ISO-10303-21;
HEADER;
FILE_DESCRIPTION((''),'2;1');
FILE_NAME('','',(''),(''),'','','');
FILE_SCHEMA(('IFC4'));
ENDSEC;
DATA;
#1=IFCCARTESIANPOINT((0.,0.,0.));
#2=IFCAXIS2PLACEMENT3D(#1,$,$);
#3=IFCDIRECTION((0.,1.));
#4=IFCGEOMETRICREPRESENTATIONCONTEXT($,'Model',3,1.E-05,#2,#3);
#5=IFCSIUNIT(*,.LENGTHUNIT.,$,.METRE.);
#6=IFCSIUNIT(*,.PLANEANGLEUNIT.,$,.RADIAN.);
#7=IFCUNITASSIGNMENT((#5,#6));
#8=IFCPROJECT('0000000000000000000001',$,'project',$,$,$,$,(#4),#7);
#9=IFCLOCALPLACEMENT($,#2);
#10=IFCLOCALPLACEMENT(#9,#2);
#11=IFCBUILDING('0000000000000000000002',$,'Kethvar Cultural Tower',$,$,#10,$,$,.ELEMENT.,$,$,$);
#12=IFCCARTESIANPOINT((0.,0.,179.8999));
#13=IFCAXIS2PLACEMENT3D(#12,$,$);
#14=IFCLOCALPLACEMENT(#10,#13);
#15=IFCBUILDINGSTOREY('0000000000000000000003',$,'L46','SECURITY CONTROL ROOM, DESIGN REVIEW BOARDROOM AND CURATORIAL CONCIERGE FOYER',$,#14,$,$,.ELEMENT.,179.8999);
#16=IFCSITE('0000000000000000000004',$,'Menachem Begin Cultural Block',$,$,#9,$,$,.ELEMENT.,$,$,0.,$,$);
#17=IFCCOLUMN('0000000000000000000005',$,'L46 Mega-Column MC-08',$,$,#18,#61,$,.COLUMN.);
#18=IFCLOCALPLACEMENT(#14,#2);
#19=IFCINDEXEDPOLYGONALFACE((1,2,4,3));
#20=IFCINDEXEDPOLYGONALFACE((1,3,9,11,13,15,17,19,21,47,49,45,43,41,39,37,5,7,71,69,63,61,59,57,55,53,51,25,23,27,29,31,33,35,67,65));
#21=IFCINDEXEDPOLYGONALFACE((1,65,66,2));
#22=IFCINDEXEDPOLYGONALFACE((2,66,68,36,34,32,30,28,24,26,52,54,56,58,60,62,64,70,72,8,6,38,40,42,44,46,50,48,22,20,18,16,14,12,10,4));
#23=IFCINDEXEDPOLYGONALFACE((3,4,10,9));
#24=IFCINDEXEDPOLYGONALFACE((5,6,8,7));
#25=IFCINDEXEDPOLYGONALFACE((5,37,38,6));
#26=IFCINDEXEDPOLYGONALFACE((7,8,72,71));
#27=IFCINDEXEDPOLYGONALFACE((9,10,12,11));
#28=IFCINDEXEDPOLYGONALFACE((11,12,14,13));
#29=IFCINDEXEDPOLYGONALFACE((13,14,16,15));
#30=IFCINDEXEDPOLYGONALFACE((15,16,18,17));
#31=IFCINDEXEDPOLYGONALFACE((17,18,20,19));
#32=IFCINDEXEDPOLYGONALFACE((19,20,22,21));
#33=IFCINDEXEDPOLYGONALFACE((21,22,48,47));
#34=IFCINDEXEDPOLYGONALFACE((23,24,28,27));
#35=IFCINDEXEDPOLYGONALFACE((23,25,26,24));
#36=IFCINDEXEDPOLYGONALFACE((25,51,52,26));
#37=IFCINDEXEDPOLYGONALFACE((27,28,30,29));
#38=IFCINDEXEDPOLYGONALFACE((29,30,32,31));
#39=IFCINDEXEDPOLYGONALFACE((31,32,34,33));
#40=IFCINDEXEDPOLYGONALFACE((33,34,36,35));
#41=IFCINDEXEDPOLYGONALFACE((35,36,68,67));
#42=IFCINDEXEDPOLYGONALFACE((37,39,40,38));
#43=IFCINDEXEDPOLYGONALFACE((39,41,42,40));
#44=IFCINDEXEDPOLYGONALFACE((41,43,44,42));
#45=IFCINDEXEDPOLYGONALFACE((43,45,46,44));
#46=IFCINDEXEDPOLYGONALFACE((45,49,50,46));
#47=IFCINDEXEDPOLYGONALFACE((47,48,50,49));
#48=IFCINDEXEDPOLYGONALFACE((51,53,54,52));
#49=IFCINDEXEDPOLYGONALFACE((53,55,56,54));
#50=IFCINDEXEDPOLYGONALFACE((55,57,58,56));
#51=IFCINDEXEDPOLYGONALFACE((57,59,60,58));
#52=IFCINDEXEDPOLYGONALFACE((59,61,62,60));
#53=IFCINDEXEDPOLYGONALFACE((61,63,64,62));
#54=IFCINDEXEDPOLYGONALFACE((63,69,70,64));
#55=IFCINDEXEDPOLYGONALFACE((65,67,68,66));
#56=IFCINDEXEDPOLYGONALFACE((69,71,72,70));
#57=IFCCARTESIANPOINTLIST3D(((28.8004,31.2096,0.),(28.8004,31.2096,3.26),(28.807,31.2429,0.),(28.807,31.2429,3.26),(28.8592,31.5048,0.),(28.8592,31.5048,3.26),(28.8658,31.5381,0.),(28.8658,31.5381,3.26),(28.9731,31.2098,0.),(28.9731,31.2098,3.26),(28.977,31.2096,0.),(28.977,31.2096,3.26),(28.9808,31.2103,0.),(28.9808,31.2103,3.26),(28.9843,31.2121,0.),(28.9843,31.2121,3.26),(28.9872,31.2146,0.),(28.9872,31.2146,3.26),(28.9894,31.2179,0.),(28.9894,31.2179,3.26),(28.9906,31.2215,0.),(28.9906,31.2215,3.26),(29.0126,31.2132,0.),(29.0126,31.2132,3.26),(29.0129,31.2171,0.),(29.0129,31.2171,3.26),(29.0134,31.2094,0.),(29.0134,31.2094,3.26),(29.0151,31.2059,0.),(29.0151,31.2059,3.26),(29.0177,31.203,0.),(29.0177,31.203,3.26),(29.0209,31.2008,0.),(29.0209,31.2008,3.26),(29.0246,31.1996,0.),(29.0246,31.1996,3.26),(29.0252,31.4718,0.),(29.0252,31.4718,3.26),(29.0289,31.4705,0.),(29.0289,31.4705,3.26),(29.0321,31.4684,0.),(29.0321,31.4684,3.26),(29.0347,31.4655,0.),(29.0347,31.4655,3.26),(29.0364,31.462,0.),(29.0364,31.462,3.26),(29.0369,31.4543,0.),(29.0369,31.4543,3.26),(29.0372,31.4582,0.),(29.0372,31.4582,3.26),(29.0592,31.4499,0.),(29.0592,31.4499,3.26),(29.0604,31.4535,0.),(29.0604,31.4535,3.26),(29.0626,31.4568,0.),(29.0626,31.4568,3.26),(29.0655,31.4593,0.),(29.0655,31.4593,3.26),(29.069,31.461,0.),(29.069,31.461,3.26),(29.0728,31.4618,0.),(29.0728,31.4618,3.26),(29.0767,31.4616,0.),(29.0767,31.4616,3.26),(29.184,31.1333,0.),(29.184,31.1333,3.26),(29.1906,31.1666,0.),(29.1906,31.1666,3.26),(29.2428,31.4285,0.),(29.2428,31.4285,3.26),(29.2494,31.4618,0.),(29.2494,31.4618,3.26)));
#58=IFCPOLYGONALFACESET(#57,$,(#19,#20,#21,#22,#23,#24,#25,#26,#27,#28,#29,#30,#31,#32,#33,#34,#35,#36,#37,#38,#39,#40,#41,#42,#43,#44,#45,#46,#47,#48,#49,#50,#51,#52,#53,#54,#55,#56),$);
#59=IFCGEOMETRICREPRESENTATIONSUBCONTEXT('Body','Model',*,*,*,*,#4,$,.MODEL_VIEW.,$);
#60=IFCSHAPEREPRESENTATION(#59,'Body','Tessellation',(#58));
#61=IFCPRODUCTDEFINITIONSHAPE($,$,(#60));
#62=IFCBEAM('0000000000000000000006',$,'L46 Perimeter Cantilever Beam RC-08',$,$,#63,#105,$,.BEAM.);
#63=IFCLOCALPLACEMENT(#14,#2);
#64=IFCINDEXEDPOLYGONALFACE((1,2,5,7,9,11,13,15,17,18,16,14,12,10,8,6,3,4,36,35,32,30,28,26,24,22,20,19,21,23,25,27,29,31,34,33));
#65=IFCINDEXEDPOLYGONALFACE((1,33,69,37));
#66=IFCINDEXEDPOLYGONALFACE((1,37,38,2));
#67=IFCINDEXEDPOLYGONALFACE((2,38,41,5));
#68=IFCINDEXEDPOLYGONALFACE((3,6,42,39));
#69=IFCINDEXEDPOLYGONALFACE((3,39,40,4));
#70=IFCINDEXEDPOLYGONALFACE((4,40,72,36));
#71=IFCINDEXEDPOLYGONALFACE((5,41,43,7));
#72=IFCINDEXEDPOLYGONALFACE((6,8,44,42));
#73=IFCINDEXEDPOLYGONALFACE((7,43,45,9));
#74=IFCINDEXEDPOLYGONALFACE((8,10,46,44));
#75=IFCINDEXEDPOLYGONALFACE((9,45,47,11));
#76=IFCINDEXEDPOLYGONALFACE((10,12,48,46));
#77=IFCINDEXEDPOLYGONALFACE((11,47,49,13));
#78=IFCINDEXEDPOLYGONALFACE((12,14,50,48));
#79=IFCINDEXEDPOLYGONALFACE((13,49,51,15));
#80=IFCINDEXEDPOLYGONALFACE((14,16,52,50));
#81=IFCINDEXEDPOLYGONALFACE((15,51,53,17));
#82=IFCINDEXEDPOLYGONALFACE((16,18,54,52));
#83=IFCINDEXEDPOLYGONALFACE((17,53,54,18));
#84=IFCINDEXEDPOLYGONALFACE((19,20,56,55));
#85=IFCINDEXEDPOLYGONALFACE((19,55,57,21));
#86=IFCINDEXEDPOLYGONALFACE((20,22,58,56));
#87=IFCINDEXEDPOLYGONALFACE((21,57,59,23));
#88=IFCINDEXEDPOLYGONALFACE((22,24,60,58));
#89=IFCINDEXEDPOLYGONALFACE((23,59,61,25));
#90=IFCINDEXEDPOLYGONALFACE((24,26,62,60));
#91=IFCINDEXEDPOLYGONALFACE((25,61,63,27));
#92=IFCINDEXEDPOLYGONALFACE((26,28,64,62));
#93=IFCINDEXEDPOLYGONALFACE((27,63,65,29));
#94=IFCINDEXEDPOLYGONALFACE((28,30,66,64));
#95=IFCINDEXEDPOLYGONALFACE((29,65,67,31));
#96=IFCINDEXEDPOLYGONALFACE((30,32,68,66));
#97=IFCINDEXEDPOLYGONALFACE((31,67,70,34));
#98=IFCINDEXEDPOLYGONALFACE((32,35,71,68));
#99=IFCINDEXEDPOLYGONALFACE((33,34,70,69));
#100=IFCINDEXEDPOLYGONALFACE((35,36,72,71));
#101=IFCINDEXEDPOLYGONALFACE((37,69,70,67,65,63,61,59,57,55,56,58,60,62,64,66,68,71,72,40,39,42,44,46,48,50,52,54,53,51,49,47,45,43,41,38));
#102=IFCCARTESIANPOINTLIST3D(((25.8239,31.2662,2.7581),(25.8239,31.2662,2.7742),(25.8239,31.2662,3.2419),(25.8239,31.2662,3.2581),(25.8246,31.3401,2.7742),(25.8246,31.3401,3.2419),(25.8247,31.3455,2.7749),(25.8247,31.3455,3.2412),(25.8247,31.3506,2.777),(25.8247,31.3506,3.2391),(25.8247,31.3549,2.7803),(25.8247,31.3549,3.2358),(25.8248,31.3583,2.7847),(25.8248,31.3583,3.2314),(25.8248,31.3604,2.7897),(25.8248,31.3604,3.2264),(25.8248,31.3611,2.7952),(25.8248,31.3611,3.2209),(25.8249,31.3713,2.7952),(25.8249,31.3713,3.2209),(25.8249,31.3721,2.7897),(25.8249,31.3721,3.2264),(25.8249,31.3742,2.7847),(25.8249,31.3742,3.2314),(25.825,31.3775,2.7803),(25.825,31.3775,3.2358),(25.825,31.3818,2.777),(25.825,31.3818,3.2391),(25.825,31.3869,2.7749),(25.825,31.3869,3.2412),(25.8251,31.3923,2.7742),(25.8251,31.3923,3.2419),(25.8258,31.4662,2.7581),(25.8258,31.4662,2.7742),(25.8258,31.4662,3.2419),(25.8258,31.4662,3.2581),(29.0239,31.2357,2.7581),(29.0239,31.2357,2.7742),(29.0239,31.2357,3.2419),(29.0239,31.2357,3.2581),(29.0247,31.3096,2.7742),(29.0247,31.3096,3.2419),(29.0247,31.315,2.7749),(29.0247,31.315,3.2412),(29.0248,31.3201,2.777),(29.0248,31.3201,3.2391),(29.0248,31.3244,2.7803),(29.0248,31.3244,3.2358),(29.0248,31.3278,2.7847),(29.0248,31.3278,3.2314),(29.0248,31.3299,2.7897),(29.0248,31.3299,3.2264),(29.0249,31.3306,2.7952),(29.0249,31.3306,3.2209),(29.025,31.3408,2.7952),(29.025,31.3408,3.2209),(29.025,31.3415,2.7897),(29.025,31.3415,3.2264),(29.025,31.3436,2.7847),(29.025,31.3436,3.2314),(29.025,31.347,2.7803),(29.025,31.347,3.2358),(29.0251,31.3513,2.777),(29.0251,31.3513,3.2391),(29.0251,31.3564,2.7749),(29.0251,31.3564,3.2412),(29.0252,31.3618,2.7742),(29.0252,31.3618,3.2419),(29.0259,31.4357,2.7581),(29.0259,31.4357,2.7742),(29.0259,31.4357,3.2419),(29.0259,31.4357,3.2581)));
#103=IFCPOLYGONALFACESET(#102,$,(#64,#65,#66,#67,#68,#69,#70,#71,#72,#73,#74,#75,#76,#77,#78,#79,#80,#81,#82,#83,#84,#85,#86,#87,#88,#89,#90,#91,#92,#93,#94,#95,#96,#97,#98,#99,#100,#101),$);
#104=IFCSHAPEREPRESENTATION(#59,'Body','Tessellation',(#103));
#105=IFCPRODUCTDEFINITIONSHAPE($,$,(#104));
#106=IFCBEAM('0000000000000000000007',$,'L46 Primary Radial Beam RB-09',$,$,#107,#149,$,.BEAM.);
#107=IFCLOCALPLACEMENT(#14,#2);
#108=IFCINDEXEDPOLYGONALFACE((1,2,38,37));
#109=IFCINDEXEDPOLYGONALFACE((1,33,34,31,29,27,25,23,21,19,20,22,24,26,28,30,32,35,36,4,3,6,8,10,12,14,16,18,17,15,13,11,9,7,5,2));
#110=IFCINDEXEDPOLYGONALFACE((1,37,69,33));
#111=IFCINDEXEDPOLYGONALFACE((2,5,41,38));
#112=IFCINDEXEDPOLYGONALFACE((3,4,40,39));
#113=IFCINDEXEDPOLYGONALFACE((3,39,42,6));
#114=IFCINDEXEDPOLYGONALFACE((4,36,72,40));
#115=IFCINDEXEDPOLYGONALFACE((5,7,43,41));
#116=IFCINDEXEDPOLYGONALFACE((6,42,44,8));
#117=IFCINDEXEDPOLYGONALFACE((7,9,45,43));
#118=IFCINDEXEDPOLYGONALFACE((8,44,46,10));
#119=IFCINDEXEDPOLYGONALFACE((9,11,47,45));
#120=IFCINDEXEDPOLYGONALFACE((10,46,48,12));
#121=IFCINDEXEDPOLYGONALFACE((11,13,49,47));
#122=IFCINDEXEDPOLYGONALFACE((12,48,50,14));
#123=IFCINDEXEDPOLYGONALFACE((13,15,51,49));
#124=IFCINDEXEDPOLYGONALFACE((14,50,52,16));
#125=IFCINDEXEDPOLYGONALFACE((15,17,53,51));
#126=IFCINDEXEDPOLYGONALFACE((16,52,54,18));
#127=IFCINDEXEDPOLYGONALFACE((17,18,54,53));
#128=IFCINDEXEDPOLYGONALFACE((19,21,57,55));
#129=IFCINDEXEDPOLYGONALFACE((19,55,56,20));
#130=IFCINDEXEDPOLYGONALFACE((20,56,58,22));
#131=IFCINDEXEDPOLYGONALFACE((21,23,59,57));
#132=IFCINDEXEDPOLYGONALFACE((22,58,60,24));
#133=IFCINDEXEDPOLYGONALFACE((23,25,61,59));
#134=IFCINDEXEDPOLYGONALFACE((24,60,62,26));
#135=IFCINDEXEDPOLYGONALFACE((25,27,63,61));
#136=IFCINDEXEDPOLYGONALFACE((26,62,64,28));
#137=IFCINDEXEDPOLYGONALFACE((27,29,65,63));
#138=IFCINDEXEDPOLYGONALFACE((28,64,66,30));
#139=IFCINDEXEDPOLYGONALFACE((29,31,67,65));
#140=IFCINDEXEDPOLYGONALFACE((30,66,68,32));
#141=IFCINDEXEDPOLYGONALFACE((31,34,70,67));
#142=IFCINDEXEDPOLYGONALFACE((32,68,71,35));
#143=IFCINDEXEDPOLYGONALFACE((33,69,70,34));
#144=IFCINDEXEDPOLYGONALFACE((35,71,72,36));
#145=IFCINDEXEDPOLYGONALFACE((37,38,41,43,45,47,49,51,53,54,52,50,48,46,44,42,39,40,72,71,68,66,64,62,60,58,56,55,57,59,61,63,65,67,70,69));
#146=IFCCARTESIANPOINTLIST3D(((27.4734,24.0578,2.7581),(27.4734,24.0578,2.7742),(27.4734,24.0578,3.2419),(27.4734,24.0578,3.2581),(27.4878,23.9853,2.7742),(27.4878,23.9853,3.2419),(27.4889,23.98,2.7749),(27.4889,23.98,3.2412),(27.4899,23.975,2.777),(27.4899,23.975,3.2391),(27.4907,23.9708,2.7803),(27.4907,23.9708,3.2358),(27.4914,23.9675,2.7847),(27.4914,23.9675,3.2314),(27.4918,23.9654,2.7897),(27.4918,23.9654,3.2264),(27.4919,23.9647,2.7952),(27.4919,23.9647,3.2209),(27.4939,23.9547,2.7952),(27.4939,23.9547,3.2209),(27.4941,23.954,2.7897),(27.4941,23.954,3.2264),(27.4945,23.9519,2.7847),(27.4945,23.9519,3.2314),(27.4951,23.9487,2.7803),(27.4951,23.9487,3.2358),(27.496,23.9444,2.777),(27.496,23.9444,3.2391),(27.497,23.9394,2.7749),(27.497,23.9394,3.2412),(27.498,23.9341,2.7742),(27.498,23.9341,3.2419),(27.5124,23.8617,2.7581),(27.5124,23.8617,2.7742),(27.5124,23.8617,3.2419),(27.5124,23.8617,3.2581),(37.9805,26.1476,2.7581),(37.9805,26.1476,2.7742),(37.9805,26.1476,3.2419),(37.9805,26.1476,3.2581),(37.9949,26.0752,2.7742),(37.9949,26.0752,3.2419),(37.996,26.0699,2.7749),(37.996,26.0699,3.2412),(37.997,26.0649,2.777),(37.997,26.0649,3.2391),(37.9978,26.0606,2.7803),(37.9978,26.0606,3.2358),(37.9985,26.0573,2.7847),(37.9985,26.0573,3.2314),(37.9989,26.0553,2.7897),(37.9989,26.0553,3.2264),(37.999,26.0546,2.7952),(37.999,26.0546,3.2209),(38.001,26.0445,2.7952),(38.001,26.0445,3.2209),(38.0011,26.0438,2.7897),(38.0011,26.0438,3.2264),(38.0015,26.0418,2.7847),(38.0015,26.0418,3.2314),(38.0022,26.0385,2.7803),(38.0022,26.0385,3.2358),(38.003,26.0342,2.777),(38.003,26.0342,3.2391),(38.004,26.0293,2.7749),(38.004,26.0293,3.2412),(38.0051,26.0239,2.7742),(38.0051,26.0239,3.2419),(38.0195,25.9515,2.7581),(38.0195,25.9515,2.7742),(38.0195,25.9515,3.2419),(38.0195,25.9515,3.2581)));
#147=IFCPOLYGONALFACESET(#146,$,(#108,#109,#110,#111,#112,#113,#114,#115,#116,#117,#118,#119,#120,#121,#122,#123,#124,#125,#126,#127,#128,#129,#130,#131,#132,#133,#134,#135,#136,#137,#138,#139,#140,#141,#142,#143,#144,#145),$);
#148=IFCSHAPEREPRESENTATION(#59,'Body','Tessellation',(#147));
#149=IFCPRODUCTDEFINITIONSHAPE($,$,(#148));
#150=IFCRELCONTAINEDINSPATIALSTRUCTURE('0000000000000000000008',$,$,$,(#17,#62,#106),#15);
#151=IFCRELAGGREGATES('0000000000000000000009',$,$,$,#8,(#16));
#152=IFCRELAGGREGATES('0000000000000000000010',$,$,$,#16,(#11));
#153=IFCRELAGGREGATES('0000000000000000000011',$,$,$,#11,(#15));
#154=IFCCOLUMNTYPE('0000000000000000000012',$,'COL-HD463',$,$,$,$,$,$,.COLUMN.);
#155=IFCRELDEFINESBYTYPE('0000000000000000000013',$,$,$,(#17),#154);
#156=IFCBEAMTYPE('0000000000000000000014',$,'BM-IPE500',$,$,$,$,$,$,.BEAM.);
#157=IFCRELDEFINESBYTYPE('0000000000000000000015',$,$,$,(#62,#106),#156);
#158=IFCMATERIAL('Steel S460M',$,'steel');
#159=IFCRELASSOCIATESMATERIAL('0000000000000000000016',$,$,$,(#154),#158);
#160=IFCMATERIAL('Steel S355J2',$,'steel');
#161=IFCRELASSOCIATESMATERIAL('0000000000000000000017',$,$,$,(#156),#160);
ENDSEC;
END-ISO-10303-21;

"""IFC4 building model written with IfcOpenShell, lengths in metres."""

from ifc_helpers import new_model, si_unit, direction, frame, origin, origin_2d, place, context, subcontext, project, spatial, i_section, extrude, source, transform, mapped, material, material_profile, profile_set, type_object, element, save


model = new_model("IFC4")

# Units and contexts
model_context = context("Model", 3, precision=1e-05, world=origin(), true_north=direction((0.0, 1.0)))
body_context = subcontext(model_context, "Body", "Model", "MODEL_VIEW")
ifc_project = project(units=[si_unit("LENGTHUNIT", "METRE"), si_unit("PLANEANGLEUNIT", "RADIAN")], contexts=[model_context])

# Site, building, storey
site_placement = place(None, origin())
site = spatial("IfcSite", under=ifc_project, at=site_placement, Name="Menachem Begin Cultural Block", CompositionType="ELEMENT", RefElevation=0.0)
building_placement = place(site_placement, origin())
building = spatial("IfcBuilding", under=site, at=building_placement, Name="Kethvar Cultural Tower", CompositionType="ELEMENT")
storey_placement = place(building_placement, frame((0.0, 0.0, 179.8999)))
storey = spatial("IfcBuildingStorey", under=building, at=storey_placement, Name="L46", Description="SECURITY CONTROL ROOM, DESIGN REVIEW BOARDROOM AND CURATORIAL CONCIERGE FOYER", CompositionType="ELEMENT", Elevation=179.8999)

# Column
ifc_material_1 = material(Name="Steel S460M", Category="steel")
ifc_material_profile_1 = material_profile(ifc_material_1, i_section(OverallWidth=0.3911, OverallDepth=0.335, WebThickness=0.0227, FlangeThickness=0.0339, FilletRadius=0.0149, at=origin_2d()), Name="Steel S460M — HD400x463")
ifc_profile_set_1 = profile_set([ifc_material_profile_1], Name="Steel S460M — HD400x463")
column_type = type_object("IfcColumnType", Name="COL-HD463", PredefinedType="COLUMN", material=ifc_profile_set_1)
shared_shape_1 = source(origin(), body_context, "Body", "SweptSolid", [
    extrude(i_section(OverallWidth=0.3911, OverallDepth=0.335, WebThickness=0.0227, FlangeThickness=0.0339, FilletRadius=0.0149, at=origin_2d()), origin(), (0.0, 0.0, 1.0), 3.26),
])
column_placement = place(storey_placement, frame((29.0249, 31.3357, 0.0), z_axis=(0.0, 0.0, 1.0), x_axis=(-0.980785, 0.19509, 0.0)))
element("IfcColumn", 1, at=column_placement, inside=storey, type_object=column_type, Name="L46 Mega-Column MC-08", PredefinedType="COLUMN", context=body_context, shape_type="MappedRepresentation", body=[
    mapped(shared_shape_1, transform((0.0, 0.0, 0.0), scale=1.0)),
])

# Beams
ifc_material_2 = material(Name="Steel S355J2", Category="steel")
ifc_material_profile_2 = material_profile(ifc_material_2, i_section(OverallWidth=0.2, OverallDepth=0.5, WebThickness=0.0103, FlangeThickness=0.0161, FilletRadius=0.021, at=origin_2d()), Name="Steel S355J2 — IPE500")
ifc_profile_set_2 = profile_set([ifc_material_profile_2], Name="Steel S355J2 — IPE500")
beam_type_1 = type_object("IfcBeamType", Name="BM-IPE500", PredefinedType="BEAM", material=ifc_profile_set_2)
shared_shape_2 = source(origin(), body_context, "Body", "SweptSolid", [
    extrude(i_section(OverallWidth=0.2, OverallDepth=0.5, WebThickness=0.0103, FlangeThickness=0.0161, FilletRadius=0.021, at=origin_2d()), origin(), (0.0, 0.0, 1.0), 3.2002),
])
beam_1_placement = place(storey_placement, frame((29.0249, 31.3357, 3.0081), z_axis=(-0.999955, 0.009536, 0.0), x_axis=(-0.009536, -0.999955, 0.0)))
element("IfcBeam", 2, at=beam_1_placement, inside=storey, type_object=beam_type_1, Name="L46 Perimeter Cantilever Beam RC-08", PredefinedType="BEAM", context=body_context, shape_type="MappedRepresentation", body=[
    mapped(shared_shape_2, transform((0.0, 0.0, 0.0), scale=1.0)),
])
shared_shape_3 = source(origin(), body_context, "Body", "SweptSolid", [
    extrude(i_section(OverallWidth=0.2, OverallDepth=0.5, WebThickness=0.0103, FlangeThickness=0.0161, FilletRadius=0.021, at=origin_2d()), origin(), (0.0, 0.0, 1.0), 10.7129),
])
beam_2_placement = place(storey_placement, frame((38.0, 26.0496, 3.0081), z_axis=(-0.980788, -0.195077, 0.0), x_axis=(0.195077, -0.980788, 0.0)))
element("IfcBeam", 3, at=beam_2_placement, inside=storey, type_object=beam_type_1, Name="L46 Primary Radial Beam RB-09", PredefinedType="BEAM", context=body_context, shape_type="MappedRepresentation", body=[
    mapped(shared_shape_3, transform((0.0, 0.0, 0.0), scale=1.0)),
])

save(model, "model.ifc")
